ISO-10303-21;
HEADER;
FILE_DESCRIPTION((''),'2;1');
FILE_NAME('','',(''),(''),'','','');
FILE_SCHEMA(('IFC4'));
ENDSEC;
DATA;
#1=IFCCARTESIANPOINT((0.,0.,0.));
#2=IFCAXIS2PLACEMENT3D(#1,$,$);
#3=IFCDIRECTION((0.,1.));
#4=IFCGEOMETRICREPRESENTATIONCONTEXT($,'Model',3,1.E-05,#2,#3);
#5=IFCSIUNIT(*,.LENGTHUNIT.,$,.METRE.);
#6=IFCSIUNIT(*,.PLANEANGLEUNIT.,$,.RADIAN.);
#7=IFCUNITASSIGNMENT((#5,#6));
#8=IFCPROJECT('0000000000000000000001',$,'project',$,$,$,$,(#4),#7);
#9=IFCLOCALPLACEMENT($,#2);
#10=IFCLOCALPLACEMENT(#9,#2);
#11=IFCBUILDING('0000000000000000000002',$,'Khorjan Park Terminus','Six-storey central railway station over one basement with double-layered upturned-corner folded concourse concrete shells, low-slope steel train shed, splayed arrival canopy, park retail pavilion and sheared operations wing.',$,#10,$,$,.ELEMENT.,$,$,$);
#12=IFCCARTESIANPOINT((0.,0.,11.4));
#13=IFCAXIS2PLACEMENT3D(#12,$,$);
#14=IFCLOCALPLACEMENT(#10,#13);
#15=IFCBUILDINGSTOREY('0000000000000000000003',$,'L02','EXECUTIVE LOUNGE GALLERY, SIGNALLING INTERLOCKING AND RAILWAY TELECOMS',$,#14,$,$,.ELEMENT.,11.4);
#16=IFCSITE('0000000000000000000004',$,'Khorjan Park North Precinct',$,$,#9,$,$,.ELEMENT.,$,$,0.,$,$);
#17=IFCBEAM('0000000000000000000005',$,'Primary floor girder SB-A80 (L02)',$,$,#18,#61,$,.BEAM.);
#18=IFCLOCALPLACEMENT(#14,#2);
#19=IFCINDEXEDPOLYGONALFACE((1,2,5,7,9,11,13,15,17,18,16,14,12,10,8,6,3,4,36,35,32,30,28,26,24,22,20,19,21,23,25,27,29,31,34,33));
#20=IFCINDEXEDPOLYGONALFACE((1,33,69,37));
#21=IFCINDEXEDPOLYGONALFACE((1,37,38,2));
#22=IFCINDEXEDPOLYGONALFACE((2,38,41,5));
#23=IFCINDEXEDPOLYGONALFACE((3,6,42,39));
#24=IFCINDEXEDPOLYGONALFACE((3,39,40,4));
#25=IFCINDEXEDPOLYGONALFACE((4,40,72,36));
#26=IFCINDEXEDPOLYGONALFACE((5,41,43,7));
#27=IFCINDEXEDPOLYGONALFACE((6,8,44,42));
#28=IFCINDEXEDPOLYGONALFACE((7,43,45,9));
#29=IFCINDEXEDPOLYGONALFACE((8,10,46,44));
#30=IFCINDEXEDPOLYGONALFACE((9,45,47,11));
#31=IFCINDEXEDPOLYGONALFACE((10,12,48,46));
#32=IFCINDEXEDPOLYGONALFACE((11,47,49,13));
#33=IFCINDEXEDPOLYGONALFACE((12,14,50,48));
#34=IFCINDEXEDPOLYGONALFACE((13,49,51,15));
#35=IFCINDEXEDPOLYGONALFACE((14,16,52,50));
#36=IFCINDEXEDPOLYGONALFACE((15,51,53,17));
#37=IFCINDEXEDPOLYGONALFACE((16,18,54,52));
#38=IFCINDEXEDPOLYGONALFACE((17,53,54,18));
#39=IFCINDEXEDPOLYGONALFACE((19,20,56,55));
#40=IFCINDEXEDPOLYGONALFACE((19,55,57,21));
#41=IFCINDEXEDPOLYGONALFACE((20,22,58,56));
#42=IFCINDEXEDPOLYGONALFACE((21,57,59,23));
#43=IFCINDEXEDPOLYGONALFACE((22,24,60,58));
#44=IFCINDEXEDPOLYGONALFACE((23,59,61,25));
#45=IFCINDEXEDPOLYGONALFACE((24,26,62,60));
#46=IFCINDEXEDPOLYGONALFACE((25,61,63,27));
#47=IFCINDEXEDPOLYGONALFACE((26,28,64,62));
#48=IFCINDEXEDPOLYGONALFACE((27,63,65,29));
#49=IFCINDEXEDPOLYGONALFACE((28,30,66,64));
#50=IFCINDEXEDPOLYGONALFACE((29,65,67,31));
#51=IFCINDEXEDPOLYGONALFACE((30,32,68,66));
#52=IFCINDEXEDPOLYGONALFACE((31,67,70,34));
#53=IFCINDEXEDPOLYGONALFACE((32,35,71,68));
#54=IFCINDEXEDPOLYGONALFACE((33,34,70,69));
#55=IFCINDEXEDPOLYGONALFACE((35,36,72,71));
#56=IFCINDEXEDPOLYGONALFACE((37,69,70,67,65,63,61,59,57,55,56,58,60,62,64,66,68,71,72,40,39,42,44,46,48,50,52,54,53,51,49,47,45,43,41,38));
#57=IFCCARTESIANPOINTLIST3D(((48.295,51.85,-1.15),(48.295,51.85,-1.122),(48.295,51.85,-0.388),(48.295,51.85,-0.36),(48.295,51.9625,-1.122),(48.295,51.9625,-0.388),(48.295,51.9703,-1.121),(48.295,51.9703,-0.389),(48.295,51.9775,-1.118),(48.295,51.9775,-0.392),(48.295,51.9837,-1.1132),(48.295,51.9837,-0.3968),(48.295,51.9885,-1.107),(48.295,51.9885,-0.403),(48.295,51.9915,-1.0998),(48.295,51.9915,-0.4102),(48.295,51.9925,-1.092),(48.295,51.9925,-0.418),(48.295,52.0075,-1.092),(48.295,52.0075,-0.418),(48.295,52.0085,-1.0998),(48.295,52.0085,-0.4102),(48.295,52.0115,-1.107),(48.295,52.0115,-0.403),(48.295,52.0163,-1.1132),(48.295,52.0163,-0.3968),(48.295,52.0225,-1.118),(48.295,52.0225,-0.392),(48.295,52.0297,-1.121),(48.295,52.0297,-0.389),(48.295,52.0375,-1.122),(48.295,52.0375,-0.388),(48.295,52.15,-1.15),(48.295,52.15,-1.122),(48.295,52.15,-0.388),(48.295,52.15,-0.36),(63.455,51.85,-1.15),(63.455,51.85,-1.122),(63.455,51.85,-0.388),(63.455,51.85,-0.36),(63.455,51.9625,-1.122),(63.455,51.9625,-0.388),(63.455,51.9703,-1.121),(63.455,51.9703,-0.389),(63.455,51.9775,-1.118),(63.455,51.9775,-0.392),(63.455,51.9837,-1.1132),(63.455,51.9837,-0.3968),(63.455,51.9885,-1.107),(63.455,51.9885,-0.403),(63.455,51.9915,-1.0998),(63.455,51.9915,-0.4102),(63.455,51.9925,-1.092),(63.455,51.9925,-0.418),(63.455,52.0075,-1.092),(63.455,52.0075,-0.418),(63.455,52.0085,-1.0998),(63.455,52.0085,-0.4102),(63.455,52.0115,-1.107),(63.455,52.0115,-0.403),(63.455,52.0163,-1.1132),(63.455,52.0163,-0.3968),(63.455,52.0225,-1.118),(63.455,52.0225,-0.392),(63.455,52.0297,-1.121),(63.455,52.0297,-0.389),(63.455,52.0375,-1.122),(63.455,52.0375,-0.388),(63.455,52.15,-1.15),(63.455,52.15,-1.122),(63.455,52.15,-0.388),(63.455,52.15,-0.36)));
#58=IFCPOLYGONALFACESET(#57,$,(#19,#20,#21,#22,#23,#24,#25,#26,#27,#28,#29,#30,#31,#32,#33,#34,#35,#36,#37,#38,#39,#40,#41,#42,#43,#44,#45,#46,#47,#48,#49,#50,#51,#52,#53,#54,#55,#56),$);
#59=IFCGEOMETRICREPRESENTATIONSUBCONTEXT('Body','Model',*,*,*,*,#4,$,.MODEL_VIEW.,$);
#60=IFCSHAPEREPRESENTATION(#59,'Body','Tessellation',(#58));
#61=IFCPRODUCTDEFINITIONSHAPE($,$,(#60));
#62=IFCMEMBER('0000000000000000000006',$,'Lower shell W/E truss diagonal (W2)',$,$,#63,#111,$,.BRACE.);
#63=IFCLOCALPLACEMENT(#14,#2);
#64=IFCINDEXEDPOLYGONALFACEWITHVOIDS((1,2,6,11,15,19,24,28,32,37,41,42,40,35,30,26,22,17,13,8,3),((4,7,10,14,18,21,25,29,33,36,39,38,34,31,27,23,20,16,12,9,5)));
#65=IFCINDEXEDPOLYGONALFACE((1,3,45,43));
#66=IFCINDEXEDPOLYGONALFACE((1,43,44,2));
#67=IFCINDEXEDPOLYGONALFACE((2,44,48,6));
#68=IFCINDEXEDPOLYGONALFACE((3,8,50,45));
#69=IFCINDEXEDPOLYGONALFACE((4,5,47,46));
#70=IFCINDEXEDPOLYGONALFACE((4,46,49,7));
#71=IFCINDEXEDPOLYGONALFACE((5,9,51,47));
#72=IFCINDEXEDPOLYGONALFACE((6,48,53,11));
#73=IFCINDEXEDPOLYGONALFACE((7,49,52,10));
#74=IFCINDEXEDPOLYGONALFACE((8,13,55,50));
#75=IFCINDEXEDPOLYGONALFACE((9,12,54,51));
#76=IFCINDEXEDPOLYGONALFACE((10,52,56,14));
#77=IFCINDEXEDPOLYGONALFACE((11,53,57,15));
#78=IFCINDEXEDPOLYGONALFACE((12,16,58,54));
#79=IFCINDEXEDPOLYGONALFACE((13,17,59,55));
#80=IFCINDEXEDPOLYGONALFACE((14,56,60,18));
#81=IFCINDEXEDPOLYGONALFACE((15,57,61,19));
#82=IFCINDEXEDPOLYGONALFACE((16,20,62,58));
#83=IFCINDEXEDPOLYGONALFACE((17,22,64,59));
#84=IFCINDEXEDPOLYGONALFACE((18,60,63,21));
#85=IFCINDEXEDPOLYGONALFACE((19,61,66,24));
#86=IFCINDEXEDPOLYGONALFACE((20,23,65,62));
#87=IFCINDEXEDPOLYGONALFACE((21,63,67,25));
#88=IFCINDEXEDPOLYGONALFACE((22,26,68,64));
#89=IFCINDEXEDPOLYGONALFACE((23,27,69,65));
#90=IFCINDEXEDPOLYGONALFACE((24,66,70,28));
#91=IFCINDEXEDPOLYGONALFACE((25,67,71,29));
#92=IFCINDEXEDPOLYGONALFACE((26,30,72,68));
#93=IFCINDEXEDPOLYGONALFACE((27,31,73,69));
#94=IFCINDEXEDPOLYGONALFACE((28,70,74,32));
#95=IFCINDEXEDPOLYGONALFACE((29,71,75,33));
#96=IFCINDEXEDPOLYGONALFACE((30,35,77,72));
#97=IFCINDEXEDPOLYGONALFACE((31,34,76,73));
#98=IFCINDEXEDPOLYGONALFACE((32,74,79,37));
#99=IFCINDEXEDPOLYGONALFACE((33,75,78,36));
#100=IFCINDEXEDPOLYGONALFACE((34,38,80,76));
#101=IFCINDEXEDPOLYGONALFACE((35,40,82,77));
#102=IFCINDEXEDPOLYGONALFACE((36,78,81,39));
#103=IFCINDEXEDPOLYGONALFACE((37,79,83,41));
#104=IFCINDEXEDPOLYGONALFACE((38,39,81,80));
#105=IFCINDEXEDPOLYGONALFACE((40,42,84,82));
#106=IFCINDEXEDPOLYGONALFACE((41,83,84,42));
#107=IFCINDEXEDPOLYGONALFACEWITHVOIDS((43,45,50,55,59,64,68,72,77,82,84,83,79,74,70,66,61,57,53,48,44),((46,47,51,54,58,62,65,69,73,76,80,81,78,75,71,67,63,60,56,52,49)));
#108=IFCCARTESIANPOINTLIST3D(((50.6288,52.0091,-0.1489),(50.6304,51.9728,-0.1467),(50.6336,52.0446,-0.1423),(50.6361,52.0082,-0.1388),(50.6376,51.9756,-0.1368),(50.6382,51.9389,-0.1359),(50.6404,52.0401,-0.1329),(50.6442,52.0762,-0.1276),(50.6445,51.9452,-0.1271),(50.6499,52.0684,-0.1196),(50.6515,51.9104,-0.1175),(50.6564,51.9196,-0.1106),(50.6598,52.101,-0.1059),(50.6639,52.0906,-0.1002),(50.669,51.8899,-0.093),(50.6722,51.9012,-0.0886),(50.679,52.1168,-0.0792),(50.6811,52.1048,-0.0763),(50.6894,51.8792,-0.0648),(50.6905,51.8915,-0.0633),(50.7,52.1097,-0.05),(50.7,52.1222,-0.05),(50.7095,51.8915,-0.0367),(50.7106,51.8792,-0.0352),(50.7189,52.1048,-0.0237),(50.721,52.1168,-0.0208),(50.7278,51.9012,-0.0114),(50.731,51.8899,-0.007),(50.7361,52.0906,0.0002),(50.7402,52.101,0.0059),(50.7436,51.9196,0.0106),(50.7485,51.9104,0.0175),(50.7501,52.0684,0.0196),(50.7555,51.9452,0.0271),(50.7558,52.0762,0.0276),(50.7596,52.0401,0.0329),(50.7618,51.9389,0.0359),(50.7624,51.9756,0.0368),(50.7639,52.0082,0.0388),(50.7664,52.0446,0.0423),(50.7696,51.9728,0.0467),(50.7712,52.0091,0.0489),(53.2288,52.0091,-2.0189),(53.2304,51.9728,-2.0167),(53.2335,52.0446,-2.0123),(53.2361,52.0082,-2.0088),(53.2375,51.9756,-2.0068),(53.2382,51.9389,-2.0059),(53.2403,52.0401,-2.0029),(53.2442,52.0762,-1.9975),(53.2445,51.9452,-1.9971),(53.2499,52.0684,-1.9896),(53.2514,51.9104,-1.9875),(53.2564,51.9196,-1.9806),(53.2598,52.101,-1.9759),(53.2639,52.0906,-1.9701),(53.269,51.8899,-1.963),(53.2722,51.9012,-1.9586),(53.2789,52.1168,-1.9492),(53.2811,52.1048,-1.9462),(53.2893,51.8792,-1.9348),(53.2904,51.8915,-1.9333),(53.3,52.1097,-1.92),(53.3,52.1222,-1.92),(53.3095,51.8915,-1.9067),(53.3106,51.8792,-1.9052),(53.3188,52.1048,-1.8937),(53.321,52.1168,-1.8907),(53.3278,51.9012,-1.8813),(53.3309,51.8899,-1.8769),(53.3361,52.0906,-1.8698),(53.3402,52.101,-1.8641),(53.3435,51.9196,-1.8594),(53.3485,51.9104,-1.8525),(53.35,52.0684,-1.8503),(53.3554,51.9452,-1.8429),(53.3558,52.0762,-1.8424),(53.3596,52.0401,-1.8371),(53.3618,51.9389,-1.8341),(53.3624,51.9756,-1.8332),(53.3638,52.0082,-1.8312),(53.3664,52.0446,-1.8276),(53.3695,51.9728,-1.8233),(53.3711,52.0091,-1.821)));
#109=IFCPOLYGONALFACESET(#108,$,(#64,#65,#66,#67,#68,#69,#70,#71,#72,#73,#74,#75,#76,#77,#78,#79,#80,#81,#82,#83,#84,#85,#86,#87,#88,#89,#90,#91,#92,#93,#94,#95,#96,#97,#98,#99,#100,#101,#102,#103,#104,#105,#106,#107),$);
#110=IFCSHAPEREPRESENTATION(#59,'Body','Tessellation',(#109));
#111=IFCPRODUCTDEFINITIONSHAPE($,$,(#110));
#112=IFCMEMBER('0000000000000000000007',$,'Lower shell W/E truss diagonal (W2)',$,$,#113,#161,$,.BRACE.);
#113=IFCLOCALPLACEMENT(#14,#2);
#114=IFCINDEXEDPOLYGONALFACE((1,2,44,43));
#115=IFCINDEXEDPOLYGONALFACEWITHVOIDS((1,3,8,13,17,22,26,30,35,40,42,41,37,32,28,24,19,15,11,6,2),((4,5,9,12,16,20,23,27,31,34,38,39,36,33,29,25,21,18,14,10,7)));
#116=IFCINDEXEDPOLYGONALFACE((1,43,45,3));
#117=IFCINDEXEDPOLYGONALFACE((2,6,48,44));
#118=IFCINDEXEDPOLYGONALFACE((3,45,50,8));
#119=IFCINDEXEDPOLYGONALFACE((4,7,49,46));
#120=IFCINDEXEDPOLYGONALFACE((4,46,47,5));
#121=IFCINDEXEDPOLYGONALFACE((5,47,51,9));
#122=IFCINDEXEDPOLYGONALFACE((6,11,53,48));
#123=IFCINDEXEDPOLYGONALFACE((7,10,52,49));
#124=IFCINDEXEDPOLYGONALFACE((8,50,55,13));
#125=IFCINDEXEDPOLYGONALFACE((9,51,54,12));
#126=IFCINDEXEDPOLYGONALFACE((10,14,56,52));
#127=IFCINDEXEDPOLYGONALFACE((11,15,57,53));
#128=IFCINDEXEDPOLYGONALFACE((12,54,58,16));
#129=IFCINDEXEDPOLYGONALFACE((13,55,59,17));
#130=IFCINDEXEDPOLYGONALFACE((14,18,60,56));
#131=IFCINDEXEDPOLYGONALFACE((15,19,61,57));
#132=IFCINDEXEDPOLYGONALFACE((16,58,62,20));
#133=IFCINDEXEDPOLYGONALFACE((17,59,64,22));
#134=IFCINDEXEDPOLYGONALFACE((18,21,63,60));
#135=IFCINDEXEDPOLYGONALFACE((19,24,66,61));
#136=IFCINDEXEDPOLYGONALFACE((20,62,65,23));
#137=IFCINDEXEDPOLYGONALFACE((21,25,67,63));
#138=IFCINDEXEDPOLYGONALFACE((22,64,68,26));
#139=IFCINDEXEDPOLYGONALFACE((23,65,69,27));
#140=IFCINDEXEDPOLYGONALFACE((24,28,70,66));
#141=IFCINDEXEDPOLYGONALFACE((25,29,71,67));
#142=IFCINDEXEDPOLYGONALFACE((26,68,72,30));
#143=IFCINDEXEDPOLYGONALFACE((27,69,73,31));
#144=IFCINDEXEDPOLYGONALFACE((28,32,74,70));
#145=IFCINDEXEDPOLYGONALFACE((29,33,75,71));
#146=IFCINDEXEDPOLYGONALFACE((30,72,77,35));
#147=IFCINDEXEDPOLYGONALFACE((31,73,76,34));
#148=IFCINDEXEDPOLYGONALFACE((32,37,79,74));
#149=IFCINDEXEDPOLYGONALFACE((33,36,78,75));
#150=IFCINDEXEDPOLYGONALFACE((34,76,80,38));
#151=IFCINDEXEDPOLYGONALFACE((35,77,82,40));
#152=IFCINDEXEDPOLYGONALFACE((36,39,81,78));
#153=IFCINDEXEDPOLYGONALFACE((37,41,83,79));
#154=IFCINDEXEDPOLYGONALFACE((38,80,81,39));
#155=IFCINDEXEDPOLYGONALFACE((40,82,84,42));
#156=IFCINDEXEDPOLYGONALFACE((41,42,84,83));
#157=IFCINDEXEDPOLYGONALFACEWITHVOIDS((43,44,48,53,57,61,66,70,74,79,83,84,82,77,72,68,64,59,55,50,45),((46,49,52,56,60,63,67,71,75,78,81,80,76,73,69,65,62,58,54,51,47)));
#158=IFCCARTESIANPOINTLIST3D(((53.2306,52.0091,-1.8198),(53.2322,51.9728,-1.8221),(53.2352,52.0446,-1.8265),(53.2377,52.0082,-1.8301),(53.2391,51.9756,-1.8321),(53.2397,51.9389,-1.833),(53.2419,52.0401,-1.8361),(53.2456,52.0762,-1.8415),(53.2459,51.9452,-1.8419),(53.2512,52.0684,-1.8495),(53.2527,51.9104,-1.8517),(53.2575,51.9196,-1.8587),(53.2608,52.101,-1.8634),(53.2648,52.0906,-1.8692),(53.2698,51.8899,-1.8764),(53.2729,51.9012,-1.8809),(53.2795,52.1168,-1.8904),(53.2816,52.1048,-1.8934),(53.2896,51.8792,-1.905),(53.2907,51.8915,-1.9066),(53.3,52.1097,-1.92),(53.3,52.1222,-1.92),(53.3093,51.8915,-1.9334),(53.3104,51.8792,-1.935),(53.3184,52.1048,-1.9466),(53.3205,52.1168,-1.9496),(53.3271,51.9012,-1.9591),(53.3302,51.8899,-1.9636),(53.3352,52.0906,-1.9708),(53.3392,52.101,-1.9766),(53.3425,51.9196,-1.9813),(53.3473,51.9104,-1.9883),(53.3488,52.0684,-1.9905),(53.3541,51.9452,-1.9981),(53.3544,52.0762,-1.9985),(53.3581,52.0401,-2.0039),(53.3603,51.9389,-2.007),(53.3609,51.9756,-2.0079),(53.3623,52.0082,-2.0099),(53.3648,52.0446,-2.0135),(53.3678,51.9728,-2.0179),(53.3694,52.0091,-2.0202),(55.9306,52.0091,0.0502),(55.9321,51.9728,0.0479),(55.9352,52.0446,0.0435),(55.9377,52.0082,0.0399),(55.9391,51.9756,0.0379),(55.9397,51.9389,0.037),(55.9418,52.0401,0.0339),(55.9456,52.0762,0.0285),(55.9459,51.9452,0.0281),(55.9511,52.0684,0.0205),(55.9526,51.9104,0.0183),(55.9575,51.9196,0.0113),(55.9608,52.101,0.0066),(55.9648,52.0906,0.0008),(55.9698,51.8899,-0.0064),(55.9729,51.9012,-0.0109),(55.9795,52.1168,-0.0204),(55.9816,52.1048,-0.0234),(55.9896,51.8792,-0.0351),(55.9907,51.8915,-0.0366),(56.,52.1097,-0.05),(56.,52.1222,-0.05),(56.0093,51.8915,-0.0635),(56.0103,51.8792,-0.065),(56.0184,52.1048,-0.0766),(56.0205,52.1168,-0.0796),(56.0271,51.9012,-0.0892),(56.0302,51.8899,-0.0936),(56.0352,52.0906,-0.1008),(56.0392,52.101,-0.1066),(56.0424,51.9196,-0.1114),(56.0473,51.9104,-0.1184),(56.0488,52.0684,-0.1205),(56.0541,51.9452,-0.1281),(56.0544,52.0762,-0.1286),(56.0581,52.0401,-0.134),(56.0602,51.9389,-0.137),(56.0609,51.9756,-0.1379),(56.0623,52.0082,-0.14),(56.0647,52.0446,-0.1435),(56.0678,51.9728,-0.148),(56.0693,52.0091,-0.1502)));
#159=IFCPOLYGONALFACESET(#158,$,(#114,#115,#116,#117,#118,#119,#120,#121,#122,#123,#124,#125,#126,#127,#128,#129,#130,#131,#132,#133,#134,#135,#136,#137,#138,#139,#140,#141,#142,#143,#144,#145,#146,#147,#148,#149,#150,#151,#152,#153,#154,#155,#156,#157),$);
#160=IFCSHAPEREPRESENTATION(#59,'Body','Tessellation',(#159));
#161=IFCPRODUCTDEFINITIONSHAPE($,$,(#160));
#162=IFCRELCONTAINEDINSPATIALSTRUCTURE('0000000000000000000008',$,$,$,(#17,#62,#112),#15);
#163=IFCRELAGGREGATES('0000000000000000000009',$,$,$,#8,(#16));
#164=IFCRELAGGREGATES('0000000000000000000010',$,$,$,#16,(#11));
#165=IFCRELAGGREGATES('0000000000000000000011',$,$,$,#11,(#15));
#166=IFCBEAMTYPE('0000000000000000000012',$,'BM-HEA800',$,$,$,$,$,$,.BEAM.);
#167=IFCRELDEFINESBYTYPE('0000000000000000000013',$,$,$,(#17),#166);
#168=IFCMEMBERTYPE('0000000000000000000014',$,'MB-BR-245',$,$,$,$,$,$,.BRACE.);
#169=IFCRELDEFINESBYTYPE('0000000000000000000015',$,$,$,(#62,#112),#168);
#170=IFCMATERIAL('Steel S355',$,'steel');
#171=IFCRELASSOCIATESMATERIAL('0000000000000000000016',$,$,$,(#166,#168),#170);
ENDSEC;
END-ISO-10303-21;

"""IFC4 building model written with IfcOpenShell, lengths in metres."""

from ifc_helpers import new_model, si_unit, direction, frame, origin, origin_2d, place, context, subcontext, project, spatial, hollow_circle, i_section, extrude, material, material_profile, profile_set, type_object, element, save


model = new_model("IFC4")

# Units and contexts
model_context = context("Model", 3, precision=1e-05, world=origin(), true_north=direction((0.0, 1.0)))
body_context = subcontext(model_context, "Body", "Model", "MODEL_VIEW")
ifc_project = project(units=[si_unit("LENGTHUNIT", "METRE"), si_unit("PLANEANGLEUNIT", "RADIAN")], contexts=[model_context])

# Site, building, storey
site_placement = place(None, origin())
site = spatial("IfcSite", under=ifc_project, at=site_placement, Name="Khorjan Park North Precinct", CompositionType="ELEMENT", RefElevation=0.0)
building_placement = place(site_placement, origin())
building = spatial("IfcBuilding", under=site, at=building_placement, Name="Khorjan Park Terminus", Description="Six-storey central railway station over one basement with double-layered upturned-corner folded concourse concrete shells, low-slope steel train shed, splayed arrival canopy, park retail pavilion and sheared operations wing.", CompositionType="ELEMENT")
storey_placement = place(building_placement, frame((0.0, 0.0, 11.4)))
storey = spatial("IfcBuildingStorey", under=building, at=storey_placement, Name="L02", Description="EXECUTIVE LOUNGE GALLERY, SIGNALLING INTERLOCKING AND RAILWAY TELECOMS", CompositionType="ELEMENT", Elevation=11.4)

# Beam
ifc_material_1 = material(Name="Steel S355", Category="steel")
ifc_material_profile_1 = material_profile(ifc_material_1, i_section(OverallWidth=0.3, OverallDepth=0.79, WebThickness=0.015, FlangeThickness=0.028, FilletRadius=0.03, at=origin_2d()), Name="HEA 800")
ifc_profile_set_1 = profile_set([ifc_material_profile_1], Name="Steel S355")
beam_type = type_object("IfcBeamType", Name="BM-HEA800", PredefinedType="BEAM", material=ifc_profile_set_1)
beam_placement = place(storey_placement, frame((48.295, 52.0, -0.755), z_axis=(1.0, 0.0, 0.0), x_axis=(0.0, 1.0, 0.0)))
element("IfcBeam", 1, at=beam_placement, inside=storey, type_object=beam_type, Name="Primary floor girder SB-A80 (L02)", PredefinedType="BEAM", context=body_context, shape_type="SweptSolid", body=[
    extrude(i_section(OverallWidth=0.3, OverallDepth=0.79, WebThickness=0.015, FlangeThickness=0.028, FilletRadius=0.03, at=origin_2d()), origin(), (0.0, 0.0, 1.0), 15.16),
])

# Members
ifc_material_profile_2 = material_profile(ifc_material_1, hollow_circle(Radius=0.1222, WallThickness=0.0125, at=origin_2d()), Name="CHS 244.5x12.5")
ifc_profile_set_2 = profile_set([ifc_material_profile_2], Name="Steel S355")
member_type_1 = type_object("IfcMemberType", Name="MB-BR-245", PredefinedType="BRACE", material=ifc_profile_set_2)
member_1_placement = place(storey_placement, frame((50.7, 52.0, -0.05), z_axis=(0.81183, 0.0, -0.583893), x_axis=(0.0, 1.0, 0.0)))
element("IfcMember", 2, at=member_1_placement, inside=storey, type_object=member_type_1, Name="Lower shell W/E truss diagonal (W2)", PredefinedType="BRACE", context=body_context, shape_type="SweptSolid", body=[
    extrude(hollow_circle(Radius=0.1222, WallThickness=0.0125, at=origin_2d()), origin(), (0.0, 0.0, 1.0), 3.2026),
])
for number, where, z_axis, x_axis, name in (
    (3, (53.3, 52.0, -1.92), (0.822083, 0.0, 0.569368), (0.0, 1.0, 0.0), "Lower shell W/E truss diagonal (W2)"),
):
    element("IfcMember", number, at=place(storey_placement, frame(where, z_axis=z_axis, x_axis=x_axis)), inside=storey, type_object=member_type_1, Name=name, PredefinedType="BRACE", context=body_context, shape_type="SweptSolid", body=[
        extrude(hollow_circle(Radius=0.1222, WallThickness=0.0125, at=origin_2d()), origin(), (0.0, 0.0, 1.0), 3.2843),
    ])

save(model, "model.ifc")
